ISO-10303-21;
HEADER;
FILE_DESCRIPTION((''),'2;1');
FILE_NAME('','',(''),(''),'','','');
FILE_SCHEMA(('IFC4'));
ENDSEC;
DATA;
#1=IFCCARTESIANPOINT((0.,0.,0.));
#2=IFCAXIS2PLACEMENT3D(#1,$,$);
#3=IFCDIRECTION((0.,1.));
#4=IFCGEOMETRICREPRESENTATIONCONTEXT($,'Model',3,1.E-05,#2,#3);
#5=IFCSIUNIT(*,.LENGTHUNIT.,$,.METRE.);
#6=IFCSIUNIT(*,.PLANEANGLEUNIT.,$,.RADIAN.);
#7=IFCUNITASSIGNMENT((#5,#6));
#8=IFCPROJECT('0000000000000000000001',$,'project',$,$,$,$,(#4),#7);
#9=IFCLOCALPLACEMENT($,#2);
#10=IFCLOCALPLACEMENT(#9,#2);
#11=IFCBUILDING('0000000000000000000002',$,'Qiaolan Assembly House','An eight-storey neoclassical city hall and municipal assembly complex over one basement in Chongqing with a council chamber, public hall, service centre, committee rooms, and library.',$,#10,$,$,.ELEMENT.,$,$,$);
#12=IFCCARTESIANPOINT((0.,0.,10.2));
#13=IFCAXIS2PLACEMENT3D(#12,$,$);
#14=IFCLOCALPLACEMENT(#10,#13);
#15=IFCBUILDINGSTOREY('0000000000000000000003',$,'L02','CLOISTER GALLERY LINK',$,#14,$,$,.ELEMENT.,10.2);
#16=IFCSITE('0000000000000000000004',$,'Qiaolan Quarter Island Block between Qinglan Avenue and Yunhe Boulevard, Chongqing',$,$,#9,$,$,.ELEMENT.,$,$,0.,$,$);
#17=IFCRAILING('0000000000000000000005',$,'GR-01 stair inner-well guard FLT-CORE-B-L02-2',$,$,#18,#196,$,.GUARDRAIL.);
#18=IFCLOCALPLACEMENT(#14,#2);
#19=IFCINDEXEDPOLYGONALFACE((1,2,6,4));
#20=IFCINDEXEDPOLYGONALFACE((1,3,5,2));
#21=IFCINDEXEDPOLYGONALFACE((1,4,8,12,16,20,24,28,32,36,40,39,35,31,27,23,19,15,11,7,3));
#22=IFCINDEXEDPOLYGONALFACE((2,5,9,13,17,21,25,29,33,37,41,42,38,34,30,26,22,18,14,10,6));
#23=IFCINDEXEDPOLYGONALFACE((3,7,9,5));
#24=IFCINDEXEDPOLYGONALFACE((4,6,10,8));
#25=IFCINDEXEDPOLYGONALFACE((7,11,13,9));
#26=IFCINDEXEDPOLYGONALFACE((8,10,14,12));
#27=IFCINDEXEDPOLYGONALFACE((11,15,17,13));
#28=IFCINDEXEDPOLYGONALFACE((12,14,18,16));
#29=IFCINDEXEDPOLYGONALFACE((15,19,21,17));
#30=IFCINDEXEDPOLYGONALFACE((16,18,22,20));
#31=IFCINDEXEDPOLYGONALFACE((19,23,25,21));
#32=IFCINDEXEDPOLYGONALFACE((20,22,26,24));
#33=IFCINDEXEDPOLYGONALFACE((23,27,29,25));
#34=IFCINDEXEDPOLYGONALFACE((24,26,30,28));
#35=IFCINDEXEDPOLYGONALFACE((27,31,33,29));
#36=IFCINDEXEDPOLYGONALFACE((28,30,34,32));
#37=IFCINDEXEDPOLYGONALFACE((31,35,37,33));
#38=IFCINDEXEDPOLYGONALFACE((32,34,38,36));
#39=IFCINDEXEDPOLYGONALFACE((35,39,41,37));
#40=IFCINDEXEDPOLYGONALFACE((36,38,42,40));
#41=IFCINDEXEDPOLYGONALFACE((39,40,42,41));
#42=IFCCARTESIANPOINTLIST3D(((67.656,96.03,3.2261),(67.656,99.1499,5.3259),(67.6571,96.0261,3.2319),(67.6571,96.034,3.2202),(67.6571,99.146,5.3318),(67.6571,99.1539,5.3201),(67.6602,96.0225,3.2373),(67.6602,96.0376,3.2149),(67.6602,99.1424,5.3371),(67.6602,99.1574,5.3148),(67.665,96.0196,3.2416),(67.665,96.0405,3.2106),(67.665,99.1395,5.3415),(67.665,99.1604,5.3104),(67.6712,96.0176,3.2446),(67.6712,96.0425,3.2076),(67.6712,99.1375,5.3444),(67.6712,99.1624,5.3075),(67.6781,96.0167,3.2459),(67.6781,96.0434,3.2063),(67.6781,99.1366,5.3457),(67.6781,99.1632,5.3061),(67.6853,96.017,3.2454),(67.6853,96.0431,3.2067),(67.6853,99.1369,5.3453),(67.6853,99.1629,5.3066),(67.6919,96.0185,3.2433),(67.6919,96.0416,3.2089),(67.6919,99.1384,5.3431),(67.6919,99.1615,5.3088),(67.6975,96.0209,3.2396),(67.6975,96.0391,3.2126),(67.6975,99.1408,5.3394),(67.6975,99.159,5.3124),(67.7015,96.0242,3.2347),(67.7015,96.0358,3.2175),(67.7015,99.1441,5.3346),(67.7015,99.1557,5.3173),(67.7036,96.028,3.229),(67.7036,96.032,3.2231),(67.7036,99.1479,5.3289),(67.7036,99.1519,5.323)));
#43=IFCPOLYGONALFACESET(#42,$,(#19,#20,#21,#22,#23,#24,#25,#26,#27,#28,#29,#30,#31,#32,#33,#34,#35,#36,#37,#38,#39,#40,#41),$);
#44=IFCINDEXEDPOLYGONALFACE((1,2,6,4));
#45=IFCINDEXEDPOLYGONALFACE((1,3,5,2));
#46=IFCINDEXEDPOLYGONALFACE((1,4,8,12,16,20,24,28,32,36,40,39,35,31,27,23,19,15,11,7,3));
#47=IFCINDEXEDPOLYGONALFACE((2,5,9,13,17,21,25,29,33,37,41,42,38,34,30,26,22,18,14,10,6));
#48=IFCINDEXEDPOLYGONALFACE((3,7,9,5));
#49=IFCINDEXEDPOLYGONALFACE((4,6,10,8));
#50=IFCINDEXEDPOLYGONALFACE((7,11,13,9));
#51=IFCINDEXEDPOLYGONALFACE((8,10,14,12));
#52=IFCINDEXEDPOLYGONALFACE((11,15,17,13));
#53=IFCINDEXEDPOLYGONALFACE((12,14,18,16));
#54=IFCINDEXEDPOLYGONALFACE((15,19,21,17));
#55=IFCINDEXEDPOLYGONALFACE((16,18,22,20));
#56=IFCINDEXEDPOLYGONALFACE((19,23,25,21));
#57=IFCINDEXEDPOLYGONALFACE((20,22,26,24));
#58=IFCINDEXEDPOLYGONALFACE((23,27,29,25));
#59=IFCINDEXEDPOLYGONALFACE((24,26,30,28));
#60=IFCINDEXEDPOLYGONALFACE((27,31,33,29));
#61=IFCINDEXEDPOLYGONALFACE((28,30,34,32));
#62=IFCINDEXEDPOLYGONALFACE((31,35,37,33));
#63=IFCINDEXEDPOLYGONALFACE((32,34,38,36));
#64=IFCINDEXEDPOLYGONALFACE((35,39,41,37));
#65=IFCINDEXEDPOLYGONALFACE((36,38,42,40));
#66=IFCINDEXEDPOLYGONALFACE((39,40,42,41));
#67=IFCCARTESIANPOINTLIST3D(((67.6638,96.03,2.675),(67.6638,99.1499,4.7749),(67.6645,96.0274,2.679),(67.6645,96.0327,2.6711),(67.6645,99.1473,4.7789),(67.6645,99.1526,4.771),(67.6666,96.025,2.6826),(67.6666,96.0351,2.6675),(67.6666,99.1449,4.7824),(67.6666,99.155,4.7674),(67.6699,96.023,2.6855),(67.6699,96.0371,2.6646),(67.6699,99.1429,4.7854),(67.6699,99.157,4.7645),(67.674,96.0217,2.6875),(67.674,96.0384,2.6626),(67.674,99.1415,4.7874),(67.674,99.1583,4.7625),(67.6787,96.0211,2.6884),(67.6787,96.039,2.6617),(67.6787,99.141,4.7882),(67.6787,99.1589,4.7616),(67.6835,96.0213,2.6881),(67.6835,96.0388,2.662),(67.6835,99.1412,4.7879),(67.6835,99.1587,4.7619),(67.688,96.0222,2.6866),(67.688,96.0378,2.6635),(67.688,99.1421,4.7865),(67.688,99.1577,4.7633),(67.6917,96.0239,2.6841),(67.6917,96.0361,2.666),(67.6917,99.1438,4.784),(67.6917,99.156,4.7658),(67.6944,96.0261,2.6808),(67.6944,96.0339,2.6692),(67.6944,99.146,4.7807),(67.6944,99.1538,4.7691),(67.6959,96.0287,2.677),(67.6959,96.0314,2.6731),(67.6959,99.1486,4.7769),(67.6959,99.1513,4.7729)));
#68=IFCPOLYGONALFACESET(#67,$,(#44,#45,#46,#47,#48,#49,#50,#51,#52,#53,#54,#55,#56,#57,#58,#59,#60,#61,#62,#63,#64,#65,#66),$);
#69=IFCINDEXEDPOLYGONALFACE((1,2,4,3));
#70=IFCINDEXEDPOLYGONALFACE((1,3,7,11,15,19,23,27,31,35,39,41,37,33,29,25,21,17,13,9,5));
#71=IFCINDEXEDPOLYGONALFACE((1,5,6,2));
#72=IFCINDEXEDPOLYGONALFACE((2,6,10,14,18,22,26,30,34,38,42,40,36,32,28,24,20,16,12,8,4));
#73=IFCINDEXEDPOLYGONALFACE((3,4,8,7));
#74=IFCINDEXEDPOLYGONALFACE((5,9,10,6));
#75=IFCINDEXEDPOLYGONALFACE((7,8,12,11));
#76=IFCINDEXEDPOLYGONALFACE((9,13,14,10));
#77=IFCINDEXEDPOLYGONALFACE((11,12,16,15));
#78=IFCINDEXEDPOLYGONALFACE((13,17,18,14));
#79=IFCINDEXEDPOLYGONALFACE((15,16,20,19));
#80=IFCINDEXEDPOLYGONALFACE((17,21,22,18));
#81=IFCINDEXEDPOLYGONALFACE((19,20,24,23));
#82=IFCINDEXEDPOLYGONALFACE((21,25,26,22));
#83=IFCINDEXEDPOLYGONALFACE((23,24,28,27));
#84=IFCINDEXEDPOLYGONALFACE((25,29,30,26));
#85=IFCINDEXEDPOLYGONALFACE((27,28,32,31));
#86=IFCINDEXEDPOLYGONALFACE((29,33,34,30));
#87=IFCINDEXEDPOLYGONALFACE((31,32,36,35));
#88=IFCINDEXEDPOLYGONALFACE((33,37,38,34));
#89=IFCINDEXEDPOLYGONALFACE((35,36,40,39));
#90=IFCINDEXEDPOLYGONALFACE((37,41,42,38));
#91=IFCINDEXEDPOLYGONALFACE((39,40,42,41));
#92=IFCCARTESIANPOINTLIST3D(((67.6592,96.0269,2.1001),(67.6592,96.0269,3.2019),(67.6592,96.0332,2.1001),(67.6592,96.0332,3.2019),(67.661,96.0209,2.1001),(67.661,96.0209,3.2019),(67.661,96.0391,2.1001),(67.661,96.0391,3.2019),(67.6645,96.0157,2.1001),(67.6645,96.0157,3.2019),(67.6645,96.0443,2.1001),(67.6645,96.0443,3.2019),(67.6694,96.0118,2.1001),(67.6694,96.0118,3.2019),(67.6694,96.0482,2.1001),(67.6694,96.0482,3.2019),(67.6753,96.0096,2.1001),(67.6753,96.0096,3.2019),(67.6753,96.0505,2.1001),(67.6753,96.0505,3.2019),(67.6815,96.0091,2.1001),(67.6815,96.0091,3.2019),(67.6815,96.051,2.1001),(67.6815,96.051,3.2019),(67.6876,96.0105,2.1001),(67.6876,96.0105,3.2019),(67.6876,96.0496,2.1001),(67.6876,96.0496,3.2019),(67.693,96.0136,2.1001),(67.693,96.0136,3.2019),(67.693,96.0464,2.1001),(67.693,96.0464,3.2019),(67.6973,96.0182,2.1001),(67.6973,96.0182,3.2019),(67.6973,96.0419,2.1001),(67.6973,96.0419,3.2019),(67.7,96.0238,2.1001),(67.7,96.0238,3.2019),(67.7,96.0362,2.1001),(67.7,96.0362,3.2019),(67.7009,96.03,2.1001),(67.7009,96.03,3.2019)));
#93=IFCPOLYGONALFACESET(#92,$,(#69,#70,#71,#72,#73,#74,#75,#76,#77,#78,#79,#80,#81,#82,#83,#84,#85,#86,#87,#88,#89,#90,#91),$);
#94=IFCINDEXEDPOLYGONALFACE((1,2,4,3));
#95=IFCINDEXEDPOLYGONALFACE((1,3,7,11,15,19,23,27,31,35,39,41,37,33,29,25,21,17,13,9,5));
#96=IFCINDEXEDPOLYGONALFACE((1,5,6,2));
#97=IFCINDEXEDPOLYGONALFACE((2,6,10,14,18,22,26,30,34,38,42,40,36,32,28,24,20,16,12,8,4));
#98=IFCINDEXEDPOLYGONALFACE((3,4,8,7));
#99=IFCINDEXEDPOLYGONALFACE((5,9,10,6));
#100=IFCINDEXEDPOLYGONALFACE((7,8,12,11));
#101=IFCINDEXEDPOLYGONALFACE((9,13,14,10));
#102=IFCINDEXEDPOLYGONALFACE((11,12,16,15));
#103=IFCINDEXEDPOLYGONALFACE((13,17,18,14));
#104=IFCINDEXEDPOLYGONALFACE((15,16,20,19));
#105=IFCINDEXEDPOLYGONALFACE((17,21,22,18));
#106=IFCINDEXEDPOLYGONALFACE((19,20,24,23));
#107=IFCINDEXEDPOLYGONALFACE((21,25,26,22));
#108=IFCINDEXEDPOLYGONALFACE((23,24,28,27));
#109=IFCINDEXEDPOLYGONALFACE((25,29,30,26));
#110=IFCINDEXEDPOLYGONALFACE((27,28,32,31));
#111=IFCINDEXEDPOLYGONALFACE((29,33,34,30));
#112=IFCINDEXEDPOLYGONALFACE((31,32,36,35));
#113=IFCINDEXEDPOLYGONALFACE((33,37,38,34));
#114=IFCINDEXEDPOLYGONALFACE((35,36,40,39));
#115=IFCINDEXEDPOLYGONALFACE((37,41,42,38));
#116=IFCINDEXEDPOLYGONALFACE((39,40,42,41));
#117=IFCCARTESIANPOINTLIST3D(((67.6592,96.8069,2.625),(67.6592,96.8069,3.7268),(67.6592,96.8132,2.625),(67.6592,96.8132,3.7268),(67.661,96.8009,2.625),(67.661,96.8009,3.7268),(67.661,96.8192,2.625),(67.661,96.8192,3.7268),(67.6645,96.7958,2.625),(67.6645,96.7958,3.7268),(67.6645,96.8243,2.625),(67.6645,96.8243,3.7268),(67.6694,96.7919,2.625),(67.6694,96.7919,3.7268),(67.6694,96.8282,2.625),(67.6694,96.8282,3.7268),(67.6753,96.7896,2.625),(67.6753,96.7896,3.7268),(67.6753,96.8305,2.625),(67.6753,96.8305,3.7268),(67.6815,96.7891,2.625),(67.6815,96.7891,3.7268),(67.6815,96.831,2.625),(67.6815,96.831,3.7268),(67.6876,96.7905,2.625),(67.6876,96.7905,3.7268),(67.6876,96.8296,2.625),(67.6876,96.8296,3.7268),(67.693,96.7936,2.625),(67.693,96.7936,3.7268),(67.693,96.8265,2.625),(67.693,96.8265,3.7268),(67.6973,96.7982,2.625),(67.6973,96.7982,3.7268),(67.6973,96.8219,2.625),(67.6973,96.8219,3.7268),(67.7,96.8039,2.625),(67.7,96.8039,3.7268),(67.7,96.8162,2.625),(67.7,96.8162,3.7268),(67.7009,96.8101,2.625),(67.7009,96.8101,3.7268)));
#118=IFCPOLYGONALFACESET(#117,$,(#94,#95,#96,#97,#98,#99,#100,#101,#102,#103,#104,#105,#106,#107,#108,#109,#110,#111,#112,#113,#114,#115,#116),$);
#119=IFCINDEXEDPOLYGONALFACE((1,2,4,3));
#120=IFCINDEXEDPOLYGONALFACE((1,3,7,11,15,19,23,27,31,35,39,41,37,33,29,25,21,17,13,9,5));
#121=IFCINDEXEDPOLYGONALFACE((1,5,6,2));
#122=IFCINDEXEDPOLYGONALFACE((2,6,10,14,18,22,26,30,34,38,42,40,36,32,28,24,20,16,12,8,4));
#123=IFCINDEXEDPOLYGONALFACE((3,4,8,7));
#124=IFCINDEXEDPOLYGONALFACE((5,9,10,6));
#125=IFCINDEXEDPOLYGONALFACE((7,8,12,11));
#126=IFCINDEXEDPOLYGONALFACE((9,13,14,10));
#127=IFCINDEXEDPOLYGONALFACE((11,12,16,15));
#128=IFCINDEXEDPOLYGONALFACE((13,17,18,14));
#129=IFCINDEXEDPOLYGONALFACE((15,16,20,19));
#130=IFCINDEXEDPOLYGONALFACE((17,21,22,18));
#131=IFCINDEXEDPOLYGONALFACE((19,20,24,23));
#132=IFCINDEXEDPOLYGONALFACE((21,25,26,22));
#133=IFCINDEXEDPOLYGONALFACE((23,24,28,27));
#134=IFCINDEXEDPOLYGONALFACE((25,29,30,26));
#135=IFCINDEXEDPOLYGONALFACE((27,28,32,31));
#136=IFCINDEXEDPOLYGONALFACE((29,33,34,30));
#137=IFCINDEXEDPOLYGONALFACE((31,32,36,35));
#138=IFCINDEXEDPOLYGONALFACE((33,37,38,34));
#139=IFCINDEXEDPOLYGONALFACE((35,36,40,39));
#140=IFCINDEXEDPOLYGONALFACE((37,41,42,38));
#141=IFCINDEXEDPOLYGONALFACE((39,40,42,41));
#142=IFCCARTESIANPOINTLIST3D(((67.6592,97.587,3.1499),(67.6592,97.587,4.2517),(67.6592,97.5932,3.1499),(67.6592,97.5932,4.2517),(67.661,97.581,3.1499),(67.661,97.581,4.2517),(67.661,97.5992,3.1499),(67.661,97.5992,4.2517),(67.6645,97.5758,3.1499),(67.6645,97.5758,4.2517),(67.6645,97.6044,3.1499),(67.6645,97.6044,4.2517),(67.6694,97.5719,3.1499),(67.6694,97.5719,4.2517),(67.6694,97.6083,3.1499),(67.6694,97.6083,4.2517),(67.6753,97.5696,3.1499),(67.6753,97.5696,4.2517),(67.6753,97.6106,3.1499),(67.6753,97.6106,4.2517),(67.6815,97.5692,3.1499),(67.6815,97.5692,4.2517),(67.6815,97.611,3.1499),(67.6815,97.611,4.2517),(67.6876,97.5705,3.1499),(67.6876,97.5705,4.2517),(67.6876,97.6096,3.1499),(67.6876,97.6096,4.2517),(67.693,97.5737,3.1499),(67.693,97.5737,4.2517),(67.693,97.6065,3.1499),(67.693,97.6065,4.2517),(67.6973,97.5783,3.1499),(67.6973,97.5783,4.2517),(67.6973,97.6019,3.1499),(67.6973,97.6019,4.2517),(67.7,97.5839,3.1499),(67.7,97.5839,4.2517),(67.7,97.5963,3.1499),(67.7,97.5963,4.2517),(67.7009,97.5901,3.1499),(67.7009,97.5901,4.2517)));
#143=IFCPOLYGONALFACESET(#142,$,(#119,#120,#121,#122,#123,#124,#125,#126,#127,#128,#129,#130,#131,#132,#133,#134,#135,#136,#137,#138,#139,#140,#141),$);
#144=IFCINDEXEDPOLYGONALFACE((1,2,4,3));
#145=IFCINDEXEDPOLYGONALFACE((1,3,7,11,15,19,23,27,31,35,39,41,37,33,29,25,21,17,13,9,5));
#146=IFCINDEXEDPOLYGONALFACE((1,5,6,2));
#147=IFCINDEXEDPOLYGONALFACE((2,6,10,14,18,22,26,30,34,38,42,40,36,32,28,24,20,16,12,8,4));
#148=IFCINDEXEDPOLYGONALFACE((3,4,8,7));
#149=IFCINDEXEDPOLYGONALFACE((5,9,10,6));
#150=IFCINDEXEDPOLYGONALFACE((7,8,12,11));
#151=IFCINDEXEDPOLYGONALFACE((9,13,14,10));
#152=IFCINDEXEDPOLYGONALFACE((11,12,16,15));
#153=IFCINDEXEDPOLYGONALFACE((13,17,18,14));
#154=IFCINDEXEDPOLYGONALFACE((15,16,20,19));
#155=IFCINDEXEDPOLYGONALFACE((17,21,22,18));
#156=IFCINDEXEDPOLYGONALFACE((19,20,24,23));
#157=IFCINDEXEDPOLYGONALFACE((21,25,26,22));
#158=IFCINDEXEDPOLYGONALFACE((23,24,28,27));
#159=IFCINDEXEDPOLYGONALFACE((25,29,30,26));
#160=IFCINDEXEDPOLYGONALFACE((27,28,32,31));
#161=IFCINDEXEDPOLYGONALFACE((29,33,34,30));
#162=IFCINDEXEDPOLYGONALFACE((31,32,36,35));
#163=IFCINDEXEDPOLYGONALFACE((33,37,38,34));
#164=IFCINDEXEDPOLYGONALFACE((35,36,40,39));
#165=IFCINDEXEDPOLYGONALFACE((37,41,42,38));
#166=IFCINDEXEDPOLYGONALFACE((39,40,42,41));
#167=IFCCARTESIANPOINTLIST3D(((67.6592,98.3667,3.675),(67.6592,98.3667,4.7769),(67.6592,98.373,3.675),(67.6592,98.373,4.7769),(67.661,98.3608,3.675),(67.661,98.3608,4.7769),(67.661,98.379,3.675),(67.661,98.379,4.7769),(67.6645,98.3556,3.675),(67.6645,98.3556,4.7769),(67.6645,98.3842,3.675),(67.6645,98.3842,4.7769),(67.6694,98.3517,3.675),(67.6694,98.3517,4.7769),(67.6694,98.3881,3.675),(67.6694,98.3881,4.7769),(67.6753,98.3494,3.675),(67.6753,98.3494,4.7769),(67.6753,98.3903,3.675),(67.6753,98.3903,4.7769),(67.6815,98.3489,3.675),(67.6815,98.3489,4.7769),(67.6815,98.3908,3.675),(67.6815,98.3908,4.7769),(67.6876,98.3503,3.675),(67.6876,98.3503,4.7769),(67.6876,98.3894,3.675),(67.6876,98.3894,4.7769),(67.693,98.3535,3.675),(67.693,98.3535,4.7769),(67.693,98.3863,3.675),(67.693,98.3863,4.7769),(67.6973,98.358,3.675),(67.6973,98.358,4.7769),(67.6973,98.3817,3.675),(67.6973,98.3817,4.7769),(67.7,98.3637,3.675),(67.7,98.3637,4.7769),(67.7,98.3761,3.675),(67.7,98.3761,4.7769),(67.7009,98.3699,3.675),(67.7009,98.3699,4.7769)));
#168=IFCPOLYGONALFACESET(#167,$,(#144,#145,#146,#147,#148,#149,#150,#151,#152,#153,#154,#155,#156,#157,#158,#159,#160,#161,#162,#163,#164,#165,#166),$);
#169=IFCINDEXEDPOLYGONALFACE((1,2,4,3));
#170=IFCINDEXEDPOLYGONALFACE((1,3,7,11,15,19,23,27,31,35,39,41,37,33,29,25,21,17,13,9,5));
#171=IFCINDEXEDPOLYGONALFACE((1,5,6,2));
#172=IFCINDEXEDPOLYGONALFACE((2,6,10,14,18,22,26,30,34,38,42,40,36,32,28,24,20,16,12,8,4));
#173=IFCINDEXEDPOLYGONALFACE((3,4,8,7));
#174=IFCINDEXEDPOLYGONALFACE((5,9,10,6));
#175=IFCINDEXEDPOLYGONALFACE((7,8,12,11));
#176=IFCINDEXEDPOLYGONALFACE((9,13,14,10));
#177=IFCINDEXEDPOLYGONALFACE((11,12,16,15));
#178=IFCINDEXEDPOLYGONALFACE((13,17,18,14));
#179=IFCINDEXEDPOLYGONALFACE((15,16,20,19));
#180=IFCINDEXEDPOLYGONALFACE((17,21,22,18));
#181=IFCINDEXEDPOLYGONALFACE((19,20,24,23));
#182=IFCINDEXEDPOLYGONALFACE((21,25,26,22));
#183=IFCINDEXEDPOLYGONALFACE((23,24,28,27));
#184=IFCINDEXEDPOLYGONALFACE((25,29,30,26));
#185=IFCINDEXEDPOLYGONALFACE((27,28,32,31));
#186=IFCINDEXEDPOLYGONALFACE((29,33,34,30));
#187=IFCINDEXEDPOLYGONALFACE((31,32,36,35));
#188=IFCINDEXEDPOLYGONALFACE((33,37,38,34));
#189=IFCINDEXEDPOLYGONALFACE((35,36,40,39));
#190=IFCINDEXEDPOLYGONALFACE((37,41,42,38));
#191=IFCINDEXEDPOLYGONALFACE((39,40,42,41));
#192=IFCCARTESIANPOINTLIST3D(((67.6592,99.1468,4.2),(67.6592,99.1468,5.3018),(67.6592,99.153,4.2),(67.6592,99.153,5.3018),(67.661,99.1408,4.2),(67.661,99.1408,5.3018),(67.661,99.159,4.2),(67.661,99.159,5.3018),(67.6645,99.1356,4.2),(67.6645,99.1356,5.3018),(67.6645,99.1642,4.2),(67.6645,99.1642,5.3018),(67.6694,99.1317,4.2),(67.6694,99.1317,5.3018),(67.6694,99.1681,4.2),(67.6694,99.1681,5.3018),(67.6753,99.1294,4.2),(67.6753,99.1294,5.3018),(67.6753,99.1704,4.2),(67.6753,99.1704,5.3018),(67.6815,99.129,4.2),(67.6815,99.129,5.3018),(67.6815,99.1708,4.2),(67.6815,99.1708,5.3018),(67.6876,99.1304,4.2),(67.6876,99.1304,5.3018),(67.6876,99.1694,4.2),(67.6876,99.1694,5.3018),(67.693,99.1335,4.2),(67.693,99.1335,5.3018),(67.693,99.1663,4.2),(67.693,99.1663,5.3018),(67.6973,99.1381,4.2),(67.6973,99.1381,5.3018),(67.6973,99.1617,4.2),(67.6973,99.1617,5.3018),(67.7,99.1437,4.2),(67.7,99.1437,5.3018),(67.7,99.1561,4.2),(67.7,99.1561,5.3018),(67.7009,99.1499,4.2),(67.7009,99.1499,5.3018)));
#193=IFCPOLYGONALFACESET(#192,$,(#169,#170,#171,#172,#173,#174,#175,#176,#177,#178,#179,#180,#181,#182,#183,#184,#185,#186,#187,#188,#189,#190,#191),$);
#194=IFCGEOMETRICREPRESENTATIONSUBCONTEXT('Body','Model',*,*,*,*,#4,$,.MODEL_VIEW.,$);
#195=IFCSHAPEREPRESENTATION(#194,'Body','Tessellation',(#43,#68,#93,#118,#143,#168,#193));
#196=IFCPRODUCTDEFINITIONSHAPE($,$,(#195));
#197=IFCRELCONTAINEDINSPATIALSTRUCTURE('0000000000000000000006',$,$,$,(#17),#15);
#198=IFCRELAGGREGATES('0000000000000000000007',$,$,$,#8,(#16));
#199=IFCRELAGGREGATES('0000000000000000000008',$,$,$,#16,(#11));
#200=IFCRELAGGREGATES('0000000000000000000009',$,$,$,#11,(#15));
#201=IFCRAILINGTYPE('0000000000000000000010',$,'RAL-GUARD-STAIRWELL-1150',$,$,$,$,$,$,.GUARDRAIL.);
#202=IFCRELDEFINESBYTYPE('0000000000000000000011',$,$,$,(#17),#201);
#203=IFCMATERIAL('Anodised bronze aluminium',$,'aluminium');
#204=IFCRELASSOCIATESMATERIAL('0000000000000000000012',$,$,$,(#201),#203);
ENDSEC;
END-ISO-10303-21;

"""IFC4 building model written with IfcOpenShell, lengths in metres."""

from ifc_helpers import new_model, si_unit, direction, frame, origin, origin_2d, place, context, subcontext, project, spatial, circle, extrude, material, type_object, element, save


model = new_model("IFC4")

# Units and contexts
model_context = context("Model", 3, precision=1e-05, world=origin(), true_north=direction((0.0, 1.0)))
body_context = subcontext(model_context, "Body", "Model", "MODEL_VIEW")
ifc_project = project(units=[si_unit("LENGTHUNIT", "METRE"), si_unit("PLANEANGLEUNIT", "RADIAN")], contexts=[model_context])

# Site, building, storey
site_placement = place(None, origin())
site = spatial("IfcSite", under=ifc_project, at=site_placement, Name="Qiaolan Quarter Island Block between Qinglan Avenue and Yunhe Boulevard, Chongqing", CompositionType="ELEMENT", RefElevation=0.0)
building_placement = place(site_placement, origin())
building = spatial("IfcBuilding", under=site, at=building_placement, Name="Qiaolan Assembly House", Description="An eight-storey neoclassical city hall and municipal assembly complex over one basement in Chongqing with a council chamber, public hall, service centre, committee rooms, and library.", CompositionType="ELEMENT")
storey_placement = place(building_placement, frame((0.0, 0.0, 10.2)))
storey = spatial("IfcBuildingStorey", under=building, at=storey_placement, Name="L02", Description="CLOISTER GALLERY LINK", CompositionType="ELEMENT", Elevation=10.2)

# Railing
ifc_material_1 = material(Name="Anodised bronze aluminium", Category="aluminium")
railing_type_1 = type_object("IfcRailingType", Name="RAL-GUARD-STAIRWELL-1150", PredefinedType="GUARDRAIL", material=ifc_material_1)
railing_1_placement = place(storey_placement, frame((67.6799, 96.03, 2.1001)))
element("IfcRailing", 1, at=railing_1_placement, inside=storey, type_object=railing_type_1, Name="GR-01 stair inner-well guard FLT-CORE-B-L02-2", PredefinedType="GUARDRAIL", context=body_context, shape_type="SweptSolid", body=[
    extrude(circle(Radius=0.0239, at=origin_2d()), frame((0.0, 0.0, 1.126), z_axis=(0.0, 0.829595, 0.558365), x_axis=(-1.0, 0.0, 0.0)), (0.0, 0.0, 1.0), 3.7607),
    extrude(circle(Radius=0.0161, at=origin_2d()), frame((0.0, 0.0, 0.575), z_axis=(0.0, 0.829595, 0.558365), x_axis=(-1.0, 0.0, 0.0)), (0.0, 0.0, 1.0), 3.7607),
    extrude(circle(Radius=0.021, at=origin_2d()), origin(), (0.0, 0.0, 1.0), 1.1018),
    extrude(circle(Radius=0.021, at=origin_2d()), frame((0.0, 0.78, 0.5249)), (0.0, 0.0, 1.0), 1.1018),
    extrude(circle(Radius=0.021, at=origin_2d()), frame((0.0, 1.5601, 1.0498)), (0.0, 0.0, 1.0), 1.1018),
    extrude(circle(Radius=0.021, at=origin_2d()), frame((0.0, 2.3398, 1.575)), (0.0, 0.0, 1.0), 1.1018),
    extrude(circle(Radius=0.021, at=origin_2d()), frame((0.0, 3.1199, 2.0999)), (0.0, 0.0, 1.0), 1.1018),
])

save(model, "model.ifc")
